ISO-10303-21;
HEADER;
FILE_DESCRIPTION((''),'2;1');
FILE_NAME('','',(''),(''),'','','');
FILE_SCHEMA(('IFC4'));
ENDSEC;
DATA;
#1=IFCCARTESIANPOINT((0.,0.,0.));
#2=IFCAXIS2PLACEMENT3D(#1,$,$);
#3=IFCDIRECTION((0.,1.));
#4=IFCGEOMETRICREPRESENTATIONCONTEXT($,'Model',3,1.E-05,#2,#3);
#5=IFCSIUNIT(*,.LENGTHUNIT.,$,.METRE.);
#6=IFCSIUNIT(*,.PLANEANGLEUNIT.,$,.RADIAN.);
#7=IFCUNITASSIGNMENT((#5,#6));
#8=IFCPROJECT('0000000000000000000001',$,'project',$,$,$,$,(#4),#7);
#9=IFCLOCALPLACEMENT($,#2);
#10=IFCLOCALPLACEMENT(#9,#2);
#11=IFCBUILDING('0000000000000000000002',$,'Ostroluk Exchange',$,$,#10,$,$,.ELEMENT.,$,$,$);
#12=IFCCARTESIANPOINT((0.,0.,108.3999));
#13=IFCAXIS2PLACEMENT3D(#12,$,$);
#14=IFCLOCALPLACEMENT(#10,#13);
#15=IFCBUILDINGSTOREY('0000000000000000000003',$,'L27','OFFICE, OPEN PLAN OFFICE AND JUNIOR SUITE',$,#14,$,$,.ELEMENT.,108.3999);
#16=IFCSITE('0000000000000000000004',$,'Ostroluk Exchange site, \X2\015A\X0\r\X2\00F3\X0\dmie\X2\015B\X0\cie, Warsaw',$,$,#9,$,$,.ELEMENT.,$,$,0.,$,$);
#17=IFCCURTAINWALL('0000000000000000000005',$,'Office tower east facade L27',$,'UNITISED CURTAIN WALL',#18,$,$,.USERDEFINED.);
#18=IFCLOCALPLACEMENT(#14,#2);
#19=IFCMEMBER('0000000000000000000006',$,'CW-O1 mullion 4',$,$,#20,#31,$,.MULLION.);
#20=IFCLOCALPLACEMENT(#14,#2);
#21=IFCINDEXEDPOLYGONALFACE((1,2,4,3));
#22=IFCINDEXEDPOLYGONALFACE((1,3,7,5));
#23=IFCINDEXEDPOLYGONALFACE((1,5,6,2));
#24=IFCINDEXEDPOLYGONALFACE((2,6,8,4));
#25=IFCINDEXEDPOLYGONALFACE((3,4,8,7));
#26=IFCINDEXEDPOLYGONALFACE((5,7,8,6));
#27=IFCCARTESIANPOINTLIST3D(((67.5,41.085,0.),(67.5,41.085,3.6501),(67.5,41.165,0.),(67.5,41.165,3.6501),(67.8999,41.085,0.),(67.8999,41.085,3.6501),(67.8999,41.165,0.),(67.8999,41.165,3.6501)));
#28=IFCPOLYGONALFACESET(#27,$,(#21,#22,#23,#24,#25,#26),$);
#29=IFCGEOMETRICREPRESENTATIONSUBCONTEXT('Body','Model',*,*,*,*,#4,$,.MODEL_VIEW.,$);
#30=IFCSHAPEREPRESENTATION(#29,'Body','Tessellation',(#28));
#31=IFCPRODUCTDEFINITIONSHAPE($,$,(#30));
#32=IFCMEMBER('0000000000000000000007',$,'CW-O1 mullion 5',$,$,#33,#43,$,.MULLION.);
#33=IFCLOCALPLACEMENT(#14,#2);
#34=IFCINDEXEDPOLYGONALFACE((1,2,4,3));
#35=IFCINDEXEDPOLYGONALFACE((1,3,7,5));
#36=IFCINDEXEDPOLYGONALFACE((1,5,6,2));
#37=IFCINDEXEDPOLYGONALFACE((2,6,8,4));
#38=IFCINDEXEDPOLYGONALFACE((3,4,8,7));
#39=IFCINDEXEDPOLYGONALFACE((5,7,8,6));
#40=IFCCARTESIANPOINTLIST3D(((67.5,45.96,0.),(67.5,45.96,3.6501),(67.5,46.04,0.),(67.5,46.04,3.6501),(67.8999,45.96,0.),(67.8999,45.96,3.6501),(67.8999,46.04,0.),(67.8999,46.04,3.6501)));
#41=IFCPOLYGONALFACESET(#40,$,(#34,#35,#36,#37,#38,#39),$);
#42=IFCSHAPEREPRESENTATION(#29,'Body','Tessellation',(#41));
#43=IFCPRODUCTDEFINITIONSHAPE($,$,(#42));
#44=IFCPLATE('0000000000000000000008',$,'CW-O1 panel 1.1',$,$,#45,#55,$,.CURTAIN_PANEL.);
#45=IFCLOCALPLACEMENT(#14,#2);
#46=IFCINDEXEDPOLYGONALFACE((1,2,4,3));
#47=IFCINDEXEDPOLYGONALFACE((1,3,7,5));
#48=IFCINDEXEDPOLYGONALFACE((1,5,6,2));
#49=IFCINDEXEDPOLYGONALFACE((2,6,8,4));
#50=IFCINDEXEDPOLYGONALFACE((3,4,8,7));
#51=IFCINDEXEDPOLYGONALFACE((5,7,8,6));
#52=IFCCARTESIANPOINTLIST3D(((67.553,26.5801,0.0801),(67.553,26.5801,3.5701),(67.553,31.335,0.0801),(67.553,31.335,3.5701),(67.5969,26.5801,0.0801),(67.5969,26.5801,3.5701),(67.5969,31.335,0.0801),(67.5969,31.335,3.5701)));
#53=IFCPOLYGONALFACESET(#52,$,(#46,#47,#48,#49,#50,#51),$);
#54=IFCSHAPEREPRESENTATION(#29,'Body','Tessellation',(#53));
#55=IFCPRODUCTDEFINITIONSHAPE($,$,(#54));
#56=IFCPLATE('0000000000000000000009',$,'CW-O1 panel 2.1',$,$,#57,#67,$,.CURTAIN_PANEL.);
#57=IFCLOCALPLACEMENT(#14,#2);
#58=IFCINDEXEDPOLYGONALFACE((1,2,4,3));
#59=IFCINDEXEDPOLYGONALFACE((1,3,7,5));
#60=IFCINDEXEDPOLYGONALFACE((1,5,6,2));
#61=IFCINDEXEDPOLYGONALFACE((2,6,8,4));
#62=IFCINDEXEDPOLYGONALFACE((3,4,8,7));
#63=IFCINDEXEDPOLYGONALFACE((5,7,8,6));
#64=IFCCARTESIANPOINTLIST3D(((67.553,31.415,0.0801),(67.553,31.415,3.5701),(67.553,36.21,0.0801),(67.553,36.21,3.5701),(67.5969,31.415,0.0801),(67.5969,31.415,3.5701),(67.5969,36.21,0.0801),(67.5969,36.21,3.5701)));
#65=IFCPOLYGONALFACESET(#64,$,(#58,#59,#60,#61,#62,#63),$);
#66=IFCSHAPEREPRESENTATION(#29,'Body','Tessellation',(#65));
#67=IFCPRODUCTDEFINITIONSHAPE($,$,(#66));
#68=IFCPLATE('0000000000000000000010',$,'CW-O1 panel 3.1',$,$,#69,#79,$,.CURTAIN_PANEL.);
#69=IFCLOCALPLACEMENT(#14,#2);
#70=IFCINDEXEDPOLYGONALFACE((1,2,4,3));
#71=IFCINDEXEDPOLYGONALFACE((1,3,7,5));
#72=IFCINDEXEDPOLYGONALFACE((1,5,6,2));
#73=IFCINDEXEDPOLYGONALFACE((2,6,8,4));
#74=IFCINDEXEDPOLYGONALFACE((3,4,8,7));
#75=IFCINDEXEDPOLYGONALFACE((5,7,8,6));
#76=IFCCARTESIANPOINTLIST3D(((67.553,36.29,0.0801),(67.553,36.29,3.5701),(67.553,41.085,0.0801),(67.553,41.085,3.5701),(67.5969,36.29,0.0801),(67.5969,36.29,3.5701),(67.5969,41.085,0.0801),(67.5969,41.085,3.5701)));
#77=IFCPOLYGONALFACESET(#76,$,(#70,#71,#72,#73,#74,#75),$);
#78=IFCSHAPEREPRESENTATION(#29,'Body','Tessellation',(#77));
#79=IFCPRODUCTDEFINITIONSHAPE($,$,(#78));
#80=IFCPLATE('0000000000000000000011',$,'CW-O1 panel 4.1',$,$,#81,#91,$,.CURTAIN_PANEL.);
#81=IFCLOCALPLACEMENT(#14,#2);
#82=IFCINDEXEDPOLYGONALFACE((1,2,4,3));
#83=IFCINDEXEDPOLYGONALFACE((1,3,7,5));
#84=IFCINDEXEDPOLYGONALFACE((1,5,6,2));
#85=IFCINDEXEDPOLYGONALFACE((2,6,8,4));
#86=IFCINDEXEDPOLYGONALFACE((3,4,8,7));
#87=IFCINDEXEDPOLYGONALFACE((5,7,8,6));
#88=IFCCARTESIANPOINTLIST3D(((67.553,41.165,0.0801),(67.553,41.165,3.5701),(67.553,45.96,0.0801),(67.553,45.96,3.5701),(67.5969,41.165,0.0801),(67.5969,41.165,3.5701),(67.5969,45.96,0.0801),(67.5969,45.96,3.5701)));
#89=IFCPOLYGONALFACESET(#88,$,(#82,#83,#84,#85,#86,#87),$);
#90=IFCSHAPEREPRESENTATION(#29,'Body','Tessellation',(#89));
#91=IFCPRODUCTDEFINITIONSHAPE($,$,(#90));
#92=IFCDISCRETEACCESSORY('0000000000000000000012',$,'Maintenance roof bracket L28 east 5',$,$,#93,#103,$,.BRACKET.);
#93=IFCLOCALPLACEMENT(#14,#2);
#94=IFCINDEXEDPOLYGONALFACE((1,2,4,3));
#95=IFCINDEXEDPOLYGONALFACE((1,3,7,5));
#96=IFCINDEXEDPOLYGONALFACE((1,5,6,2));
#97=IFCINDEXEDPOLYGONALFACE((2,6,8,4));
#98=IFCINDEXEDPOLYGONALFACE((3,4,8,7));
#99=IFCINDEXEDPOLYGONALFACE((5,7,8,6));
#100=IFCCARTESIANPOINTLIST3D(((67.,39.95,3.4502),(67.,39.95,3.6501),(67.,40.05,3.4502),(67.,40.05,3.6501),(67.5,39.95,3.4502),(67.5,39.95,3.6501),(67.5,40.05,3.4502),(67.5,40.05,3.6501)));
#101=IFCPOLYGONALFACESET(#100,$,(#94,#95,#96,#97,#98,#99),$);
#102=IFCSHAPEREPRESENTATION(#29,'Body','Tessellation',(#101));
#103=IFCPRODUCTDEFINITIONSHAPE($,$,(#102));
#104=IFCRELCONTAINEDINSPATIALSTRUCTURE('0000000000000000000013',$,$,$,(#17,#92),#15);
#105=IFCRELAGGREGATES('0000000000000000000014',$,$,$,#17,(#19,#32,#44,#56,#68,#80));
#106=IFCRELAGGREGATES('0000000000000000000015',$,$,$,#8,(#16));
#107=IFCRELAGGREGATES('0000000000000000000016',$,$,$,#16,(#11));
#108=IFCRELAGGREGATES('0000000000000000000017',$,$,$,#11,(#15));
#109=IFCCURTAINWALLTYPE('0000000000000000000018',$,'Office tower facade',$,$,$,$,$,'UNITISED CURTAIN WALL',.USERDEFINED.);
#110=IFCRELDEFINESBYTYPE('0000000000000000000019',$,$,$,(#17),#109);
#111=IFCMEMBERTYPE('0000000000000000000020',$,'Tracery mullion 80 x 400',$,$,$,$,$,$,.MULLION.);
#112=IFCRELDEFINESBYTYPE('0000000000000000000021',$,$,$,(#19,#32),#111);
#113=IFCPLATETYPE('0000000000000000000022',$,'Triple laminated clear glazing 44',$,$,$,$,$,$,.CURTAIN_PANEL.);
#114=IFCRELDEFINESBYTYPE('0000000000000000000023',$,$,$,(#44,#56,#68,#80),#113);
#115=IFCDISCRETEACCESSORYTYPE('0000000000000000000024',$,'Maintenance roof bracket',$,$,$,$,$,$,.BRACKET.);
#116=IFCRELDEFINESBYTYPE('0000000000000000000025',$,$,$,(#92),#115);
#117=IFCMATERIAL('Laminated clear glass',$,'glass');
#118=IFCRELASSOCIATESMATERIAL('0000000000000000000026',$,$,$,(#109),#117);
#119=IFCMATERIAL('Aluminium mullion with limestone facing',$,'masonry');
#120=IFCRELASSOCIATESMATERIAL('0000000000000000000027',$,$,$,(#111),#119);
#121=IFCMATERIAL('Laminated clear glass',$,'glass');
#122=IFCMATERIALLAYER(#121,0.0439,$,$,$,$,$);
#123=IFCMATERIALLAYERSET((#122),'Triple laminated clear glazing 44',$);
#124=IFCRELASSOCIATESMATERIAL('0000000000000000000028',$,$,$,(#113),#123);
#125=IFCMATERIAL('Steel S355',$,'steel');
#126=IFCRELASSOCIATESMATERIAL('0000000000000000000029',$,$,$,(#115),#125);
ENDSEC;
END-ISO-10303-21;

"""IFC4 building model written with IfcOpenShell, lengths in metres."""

from ifc_helpers import new_model, si_unit, direction, frame, origin, origin_2d, place, context, subcontext, project, spatial, rectangle, extrude, material, layer, layer_set, material_profile, profile_set, type_object, element, aggregate, save


model = new_model("IFC4")

# Units and contexts
model_context = context("Model", 3, precision=1e-05, world=origin(), true_north=direction((0.0, 1.0)))
body_context = subcontext(model_context, "Body", "Model", "MODEL_VIEW")
ifc_project = project(units=[si_unit("LENGTHUNIT", "METRE"), si_unit("PLANEANGLEUNIT", "RADIAN")], contexts=[model_context])

# Site, building, storey
site_placement = place(None, origin())
site = spatial("IfcSite", under=ifc_project, at=site_placement, Name="Ostroluk Exchange site, Śródmieście, Warsaw", CompositionType="ELEMENT", RefElevation=0.0)
building_placement = place(site_placement, origin())
building = spatial("IfcBuilding", under=site, at=building_placement, Name="Ostroluk Exchange", CompositionType="ELEMENT")
storey_placement = place(building_placement, frame((0.0, 0.0, 108.3999)))
storey = spatial("IfcBuildingStorey", under=building, at=storey_placement, Name="L27", Description="OFFICE, OPEN PLAN OFFICE AND JUNIOR SUITE", CompositionType="ELEMENT", Elevation=108.3999)

# Curtain wall
ifc_material_1 = material(Name="Laminated clear glass", Category="glass")
curtain_wall_type_1 = type_object("IfcCurtainWallType", Name="Office tower facade", ElementType="UNITISED CURTAIN WALL", PredefinedType="USERDEFINED", material=ifc_material_1)
curtain_wall_1_placement = place(storey_placement, origin())
curtain_wall_1 = element("IfcCurtainWall", 1, at=curtain_wall_1_placement, inside=storey, type_object=curtain_wall_type_1, Name="Office tower east facade L27", ObjectType="UNITISED CURTAIN WALL", PredefinedType="USERDEFINED")

# Members
ifc_material_2 = material(Name="Aluminium mullion with limestone facing", Category="masonry")
ifc_material_profile_1 = material_profile(ifc_material_2, rectangle(XDim=0.3999, YDim=0.0801, at=origin_2d()), Name="Tracery mullion 80 x 400")
ifc_profile_set_1 = profile_set([ifc_material_profile_1], Name="Aluminium mullion with limestone facing")
member_type_1 = type_object("IfcMemberType", Name="Tracery mullion 80 x 400", PredefinedType="MULLION", material=ifc_profile_set_1)
member_1_placement = place(storey_placement, frame((67.7, 41.125, 0.0), z_axis=(0.0, 0.0, 1.0), x_axis=(-1.0, 0.0, 0.0)))
member_1 = element("IfcMember", 2, at=member_1_placement, type_object=member_type_1, Name="CW-O1 mullion 4", PredefinedType="MULLION", context=body_context, shape_type="SweptSolid", body=[
    extrude(rectangle(XDim=0.3999, YDim=0.0801, at=origin_2d()), origin(), (0.0, 0.0, 1.0), 3.6501),
])
member_2_placement = place(storey_placement, frame((67.7, 46.0, 0.0), z_axis=(0.0, 0.0, 1.0), x_axis=(-1.0, 0.0, 0.0)))
member_2 = element("IfcMember", 3, at=member_2_placement, type_object=member_type_1, Name="CW-O1 mullion 5", PredefinedType="MULLION", context=body_context, shape_type="SweptSolid", body=[
    extrude(rectangle(XDim=0.3999, YDim=0.0801, at=origin_2d()), origin(), (0.0, 0.0, 1.0), 3.6501),
])

# Plates
ifc_material_3 = material(Name="Laminated clear glass", Category="glass")
ifc_layer = layer(ifc_material_3, 0.0439)
ifc_layer_set = layer_set([ifc_layer], Name="Triple laminated clear glazing 44")
plate_type = type_object("IfcPlateType", Name="Triple laminated clear glazing 44", PredefinedType="CURTAIN_PANEL", material=ifc_layer_set)
plate_1_placement = place(storey_placement, frame((67.575, 28.9575, 0.0801), z_axis=(0.0, 0.0, 1.0), x_axis=(0.0, 1.0, 0.0)))
plate_1 = element("IfcPlate", 4, at=plate_1_placement, type_object=plate_type, Name="CW-O1 panel 1.1", PredefinedType="CURTAIN_PANEL", context=body_context, shape_type="SweptSolid", body=[
    extrude(rectangle(XDim=4.7549, YDim=0.0439, at=origin_2d()), origin(), (0.0, 0.0, 1.0), 3.49),
])
plate_2_placement = place(storey_placement, frame((67.575, 33.8125, 0.0801), z_axis=(0.0, 0.0, 1.0), x_axis=(0.0, 1.0, 0.0)))
plate_2 = element("IfcPlate", 5, at=plate_2_placement, type_object=plate_type, Name="CW-O1 panel 2.1", PredefinedType="CURTAIN_PANEL", context=body_context, shape_type="SweptSolid", body=[
    extrude(rectangle(XDim=4.7949, YDim=0.0439, at=origin_2d()), origin(), (0.0, 0.0, 1.0), 3.49),
])
plate_3_placement = place(storey_placement, frame((67.575, 38.6875, 0.0801), z_axis=(0.0, 0.0, 1.0), x_axis=(0.0, 1.0, 0.0)))
plate_3 = element("IfcPlate", 6, at=plate_3_placement, type_object=plate_type, Name="CW-O1 panel 3.1", PredefinedType="CURTAIN_PANEL", context=body_context, shape_type="SweptSolid", body=[
    extrude(rectangle(XDim=4.7949, YDim=0.0439, at=origin_2d()), origin(), (0.0, 0.0, 1.0), 3.49),
])
plate_4_placement = place(storey_placement, frame((67.575, 43.5625, 0.0801), z_axis=(0.0, 0.0, 1.0), x_axis=(0.0, 1.0, 0.0)))
plate_4 = element("IfcPlate", 7, at=plate_4_placement, type_object=plate_type, Name="CW-O1 panel 4.1", PredefinedType="CURTAIN_PANEL", context=body_context, shape_type="SweptSolid", body=[
    extrude(rectangle(XDim=4.7949, YDim=0.0439, at=origin_2d()), origin(), (0.0, 0.0, 1.0), 3.49),
])
aggregate(curtain_wall_1, [member_1, member_2, plate_1, plate_2, plate_3, plate_4])

# Discrete accessory
ifc_material_4 = material(Name="Steel S355", Category="steel")
discrete_accessory_type = type_object("IfcDiscreteAccessoryType", Name="Maintenance roof bracket", PredefinedType="BRACKET", material=ifc_material_4)
discrete_accessory_placement = place(storey_placement, frame((67.25, 40.0, 3.4502), z_axis=(0.0, 0.0, 1.0), x_axis=(1.0, 0.0, 0.0)))
element("IfcDiscreteAccessory", 8, at=discrete_accessory_placement, inside=storey, type_object=discrete_accessory_type, Name="Maintenance roof bracket L28 east 5", PredefinedType="BRACKET", context=body_context, shape_type="SweptSolid", body=[
    extrude(rectangle(XDim=0.5, YDim=0.1001, at=origin_2d()), origin(), (0.0, 0.0, 1.0), 0.2),
])

save(model, "model.ifc")
